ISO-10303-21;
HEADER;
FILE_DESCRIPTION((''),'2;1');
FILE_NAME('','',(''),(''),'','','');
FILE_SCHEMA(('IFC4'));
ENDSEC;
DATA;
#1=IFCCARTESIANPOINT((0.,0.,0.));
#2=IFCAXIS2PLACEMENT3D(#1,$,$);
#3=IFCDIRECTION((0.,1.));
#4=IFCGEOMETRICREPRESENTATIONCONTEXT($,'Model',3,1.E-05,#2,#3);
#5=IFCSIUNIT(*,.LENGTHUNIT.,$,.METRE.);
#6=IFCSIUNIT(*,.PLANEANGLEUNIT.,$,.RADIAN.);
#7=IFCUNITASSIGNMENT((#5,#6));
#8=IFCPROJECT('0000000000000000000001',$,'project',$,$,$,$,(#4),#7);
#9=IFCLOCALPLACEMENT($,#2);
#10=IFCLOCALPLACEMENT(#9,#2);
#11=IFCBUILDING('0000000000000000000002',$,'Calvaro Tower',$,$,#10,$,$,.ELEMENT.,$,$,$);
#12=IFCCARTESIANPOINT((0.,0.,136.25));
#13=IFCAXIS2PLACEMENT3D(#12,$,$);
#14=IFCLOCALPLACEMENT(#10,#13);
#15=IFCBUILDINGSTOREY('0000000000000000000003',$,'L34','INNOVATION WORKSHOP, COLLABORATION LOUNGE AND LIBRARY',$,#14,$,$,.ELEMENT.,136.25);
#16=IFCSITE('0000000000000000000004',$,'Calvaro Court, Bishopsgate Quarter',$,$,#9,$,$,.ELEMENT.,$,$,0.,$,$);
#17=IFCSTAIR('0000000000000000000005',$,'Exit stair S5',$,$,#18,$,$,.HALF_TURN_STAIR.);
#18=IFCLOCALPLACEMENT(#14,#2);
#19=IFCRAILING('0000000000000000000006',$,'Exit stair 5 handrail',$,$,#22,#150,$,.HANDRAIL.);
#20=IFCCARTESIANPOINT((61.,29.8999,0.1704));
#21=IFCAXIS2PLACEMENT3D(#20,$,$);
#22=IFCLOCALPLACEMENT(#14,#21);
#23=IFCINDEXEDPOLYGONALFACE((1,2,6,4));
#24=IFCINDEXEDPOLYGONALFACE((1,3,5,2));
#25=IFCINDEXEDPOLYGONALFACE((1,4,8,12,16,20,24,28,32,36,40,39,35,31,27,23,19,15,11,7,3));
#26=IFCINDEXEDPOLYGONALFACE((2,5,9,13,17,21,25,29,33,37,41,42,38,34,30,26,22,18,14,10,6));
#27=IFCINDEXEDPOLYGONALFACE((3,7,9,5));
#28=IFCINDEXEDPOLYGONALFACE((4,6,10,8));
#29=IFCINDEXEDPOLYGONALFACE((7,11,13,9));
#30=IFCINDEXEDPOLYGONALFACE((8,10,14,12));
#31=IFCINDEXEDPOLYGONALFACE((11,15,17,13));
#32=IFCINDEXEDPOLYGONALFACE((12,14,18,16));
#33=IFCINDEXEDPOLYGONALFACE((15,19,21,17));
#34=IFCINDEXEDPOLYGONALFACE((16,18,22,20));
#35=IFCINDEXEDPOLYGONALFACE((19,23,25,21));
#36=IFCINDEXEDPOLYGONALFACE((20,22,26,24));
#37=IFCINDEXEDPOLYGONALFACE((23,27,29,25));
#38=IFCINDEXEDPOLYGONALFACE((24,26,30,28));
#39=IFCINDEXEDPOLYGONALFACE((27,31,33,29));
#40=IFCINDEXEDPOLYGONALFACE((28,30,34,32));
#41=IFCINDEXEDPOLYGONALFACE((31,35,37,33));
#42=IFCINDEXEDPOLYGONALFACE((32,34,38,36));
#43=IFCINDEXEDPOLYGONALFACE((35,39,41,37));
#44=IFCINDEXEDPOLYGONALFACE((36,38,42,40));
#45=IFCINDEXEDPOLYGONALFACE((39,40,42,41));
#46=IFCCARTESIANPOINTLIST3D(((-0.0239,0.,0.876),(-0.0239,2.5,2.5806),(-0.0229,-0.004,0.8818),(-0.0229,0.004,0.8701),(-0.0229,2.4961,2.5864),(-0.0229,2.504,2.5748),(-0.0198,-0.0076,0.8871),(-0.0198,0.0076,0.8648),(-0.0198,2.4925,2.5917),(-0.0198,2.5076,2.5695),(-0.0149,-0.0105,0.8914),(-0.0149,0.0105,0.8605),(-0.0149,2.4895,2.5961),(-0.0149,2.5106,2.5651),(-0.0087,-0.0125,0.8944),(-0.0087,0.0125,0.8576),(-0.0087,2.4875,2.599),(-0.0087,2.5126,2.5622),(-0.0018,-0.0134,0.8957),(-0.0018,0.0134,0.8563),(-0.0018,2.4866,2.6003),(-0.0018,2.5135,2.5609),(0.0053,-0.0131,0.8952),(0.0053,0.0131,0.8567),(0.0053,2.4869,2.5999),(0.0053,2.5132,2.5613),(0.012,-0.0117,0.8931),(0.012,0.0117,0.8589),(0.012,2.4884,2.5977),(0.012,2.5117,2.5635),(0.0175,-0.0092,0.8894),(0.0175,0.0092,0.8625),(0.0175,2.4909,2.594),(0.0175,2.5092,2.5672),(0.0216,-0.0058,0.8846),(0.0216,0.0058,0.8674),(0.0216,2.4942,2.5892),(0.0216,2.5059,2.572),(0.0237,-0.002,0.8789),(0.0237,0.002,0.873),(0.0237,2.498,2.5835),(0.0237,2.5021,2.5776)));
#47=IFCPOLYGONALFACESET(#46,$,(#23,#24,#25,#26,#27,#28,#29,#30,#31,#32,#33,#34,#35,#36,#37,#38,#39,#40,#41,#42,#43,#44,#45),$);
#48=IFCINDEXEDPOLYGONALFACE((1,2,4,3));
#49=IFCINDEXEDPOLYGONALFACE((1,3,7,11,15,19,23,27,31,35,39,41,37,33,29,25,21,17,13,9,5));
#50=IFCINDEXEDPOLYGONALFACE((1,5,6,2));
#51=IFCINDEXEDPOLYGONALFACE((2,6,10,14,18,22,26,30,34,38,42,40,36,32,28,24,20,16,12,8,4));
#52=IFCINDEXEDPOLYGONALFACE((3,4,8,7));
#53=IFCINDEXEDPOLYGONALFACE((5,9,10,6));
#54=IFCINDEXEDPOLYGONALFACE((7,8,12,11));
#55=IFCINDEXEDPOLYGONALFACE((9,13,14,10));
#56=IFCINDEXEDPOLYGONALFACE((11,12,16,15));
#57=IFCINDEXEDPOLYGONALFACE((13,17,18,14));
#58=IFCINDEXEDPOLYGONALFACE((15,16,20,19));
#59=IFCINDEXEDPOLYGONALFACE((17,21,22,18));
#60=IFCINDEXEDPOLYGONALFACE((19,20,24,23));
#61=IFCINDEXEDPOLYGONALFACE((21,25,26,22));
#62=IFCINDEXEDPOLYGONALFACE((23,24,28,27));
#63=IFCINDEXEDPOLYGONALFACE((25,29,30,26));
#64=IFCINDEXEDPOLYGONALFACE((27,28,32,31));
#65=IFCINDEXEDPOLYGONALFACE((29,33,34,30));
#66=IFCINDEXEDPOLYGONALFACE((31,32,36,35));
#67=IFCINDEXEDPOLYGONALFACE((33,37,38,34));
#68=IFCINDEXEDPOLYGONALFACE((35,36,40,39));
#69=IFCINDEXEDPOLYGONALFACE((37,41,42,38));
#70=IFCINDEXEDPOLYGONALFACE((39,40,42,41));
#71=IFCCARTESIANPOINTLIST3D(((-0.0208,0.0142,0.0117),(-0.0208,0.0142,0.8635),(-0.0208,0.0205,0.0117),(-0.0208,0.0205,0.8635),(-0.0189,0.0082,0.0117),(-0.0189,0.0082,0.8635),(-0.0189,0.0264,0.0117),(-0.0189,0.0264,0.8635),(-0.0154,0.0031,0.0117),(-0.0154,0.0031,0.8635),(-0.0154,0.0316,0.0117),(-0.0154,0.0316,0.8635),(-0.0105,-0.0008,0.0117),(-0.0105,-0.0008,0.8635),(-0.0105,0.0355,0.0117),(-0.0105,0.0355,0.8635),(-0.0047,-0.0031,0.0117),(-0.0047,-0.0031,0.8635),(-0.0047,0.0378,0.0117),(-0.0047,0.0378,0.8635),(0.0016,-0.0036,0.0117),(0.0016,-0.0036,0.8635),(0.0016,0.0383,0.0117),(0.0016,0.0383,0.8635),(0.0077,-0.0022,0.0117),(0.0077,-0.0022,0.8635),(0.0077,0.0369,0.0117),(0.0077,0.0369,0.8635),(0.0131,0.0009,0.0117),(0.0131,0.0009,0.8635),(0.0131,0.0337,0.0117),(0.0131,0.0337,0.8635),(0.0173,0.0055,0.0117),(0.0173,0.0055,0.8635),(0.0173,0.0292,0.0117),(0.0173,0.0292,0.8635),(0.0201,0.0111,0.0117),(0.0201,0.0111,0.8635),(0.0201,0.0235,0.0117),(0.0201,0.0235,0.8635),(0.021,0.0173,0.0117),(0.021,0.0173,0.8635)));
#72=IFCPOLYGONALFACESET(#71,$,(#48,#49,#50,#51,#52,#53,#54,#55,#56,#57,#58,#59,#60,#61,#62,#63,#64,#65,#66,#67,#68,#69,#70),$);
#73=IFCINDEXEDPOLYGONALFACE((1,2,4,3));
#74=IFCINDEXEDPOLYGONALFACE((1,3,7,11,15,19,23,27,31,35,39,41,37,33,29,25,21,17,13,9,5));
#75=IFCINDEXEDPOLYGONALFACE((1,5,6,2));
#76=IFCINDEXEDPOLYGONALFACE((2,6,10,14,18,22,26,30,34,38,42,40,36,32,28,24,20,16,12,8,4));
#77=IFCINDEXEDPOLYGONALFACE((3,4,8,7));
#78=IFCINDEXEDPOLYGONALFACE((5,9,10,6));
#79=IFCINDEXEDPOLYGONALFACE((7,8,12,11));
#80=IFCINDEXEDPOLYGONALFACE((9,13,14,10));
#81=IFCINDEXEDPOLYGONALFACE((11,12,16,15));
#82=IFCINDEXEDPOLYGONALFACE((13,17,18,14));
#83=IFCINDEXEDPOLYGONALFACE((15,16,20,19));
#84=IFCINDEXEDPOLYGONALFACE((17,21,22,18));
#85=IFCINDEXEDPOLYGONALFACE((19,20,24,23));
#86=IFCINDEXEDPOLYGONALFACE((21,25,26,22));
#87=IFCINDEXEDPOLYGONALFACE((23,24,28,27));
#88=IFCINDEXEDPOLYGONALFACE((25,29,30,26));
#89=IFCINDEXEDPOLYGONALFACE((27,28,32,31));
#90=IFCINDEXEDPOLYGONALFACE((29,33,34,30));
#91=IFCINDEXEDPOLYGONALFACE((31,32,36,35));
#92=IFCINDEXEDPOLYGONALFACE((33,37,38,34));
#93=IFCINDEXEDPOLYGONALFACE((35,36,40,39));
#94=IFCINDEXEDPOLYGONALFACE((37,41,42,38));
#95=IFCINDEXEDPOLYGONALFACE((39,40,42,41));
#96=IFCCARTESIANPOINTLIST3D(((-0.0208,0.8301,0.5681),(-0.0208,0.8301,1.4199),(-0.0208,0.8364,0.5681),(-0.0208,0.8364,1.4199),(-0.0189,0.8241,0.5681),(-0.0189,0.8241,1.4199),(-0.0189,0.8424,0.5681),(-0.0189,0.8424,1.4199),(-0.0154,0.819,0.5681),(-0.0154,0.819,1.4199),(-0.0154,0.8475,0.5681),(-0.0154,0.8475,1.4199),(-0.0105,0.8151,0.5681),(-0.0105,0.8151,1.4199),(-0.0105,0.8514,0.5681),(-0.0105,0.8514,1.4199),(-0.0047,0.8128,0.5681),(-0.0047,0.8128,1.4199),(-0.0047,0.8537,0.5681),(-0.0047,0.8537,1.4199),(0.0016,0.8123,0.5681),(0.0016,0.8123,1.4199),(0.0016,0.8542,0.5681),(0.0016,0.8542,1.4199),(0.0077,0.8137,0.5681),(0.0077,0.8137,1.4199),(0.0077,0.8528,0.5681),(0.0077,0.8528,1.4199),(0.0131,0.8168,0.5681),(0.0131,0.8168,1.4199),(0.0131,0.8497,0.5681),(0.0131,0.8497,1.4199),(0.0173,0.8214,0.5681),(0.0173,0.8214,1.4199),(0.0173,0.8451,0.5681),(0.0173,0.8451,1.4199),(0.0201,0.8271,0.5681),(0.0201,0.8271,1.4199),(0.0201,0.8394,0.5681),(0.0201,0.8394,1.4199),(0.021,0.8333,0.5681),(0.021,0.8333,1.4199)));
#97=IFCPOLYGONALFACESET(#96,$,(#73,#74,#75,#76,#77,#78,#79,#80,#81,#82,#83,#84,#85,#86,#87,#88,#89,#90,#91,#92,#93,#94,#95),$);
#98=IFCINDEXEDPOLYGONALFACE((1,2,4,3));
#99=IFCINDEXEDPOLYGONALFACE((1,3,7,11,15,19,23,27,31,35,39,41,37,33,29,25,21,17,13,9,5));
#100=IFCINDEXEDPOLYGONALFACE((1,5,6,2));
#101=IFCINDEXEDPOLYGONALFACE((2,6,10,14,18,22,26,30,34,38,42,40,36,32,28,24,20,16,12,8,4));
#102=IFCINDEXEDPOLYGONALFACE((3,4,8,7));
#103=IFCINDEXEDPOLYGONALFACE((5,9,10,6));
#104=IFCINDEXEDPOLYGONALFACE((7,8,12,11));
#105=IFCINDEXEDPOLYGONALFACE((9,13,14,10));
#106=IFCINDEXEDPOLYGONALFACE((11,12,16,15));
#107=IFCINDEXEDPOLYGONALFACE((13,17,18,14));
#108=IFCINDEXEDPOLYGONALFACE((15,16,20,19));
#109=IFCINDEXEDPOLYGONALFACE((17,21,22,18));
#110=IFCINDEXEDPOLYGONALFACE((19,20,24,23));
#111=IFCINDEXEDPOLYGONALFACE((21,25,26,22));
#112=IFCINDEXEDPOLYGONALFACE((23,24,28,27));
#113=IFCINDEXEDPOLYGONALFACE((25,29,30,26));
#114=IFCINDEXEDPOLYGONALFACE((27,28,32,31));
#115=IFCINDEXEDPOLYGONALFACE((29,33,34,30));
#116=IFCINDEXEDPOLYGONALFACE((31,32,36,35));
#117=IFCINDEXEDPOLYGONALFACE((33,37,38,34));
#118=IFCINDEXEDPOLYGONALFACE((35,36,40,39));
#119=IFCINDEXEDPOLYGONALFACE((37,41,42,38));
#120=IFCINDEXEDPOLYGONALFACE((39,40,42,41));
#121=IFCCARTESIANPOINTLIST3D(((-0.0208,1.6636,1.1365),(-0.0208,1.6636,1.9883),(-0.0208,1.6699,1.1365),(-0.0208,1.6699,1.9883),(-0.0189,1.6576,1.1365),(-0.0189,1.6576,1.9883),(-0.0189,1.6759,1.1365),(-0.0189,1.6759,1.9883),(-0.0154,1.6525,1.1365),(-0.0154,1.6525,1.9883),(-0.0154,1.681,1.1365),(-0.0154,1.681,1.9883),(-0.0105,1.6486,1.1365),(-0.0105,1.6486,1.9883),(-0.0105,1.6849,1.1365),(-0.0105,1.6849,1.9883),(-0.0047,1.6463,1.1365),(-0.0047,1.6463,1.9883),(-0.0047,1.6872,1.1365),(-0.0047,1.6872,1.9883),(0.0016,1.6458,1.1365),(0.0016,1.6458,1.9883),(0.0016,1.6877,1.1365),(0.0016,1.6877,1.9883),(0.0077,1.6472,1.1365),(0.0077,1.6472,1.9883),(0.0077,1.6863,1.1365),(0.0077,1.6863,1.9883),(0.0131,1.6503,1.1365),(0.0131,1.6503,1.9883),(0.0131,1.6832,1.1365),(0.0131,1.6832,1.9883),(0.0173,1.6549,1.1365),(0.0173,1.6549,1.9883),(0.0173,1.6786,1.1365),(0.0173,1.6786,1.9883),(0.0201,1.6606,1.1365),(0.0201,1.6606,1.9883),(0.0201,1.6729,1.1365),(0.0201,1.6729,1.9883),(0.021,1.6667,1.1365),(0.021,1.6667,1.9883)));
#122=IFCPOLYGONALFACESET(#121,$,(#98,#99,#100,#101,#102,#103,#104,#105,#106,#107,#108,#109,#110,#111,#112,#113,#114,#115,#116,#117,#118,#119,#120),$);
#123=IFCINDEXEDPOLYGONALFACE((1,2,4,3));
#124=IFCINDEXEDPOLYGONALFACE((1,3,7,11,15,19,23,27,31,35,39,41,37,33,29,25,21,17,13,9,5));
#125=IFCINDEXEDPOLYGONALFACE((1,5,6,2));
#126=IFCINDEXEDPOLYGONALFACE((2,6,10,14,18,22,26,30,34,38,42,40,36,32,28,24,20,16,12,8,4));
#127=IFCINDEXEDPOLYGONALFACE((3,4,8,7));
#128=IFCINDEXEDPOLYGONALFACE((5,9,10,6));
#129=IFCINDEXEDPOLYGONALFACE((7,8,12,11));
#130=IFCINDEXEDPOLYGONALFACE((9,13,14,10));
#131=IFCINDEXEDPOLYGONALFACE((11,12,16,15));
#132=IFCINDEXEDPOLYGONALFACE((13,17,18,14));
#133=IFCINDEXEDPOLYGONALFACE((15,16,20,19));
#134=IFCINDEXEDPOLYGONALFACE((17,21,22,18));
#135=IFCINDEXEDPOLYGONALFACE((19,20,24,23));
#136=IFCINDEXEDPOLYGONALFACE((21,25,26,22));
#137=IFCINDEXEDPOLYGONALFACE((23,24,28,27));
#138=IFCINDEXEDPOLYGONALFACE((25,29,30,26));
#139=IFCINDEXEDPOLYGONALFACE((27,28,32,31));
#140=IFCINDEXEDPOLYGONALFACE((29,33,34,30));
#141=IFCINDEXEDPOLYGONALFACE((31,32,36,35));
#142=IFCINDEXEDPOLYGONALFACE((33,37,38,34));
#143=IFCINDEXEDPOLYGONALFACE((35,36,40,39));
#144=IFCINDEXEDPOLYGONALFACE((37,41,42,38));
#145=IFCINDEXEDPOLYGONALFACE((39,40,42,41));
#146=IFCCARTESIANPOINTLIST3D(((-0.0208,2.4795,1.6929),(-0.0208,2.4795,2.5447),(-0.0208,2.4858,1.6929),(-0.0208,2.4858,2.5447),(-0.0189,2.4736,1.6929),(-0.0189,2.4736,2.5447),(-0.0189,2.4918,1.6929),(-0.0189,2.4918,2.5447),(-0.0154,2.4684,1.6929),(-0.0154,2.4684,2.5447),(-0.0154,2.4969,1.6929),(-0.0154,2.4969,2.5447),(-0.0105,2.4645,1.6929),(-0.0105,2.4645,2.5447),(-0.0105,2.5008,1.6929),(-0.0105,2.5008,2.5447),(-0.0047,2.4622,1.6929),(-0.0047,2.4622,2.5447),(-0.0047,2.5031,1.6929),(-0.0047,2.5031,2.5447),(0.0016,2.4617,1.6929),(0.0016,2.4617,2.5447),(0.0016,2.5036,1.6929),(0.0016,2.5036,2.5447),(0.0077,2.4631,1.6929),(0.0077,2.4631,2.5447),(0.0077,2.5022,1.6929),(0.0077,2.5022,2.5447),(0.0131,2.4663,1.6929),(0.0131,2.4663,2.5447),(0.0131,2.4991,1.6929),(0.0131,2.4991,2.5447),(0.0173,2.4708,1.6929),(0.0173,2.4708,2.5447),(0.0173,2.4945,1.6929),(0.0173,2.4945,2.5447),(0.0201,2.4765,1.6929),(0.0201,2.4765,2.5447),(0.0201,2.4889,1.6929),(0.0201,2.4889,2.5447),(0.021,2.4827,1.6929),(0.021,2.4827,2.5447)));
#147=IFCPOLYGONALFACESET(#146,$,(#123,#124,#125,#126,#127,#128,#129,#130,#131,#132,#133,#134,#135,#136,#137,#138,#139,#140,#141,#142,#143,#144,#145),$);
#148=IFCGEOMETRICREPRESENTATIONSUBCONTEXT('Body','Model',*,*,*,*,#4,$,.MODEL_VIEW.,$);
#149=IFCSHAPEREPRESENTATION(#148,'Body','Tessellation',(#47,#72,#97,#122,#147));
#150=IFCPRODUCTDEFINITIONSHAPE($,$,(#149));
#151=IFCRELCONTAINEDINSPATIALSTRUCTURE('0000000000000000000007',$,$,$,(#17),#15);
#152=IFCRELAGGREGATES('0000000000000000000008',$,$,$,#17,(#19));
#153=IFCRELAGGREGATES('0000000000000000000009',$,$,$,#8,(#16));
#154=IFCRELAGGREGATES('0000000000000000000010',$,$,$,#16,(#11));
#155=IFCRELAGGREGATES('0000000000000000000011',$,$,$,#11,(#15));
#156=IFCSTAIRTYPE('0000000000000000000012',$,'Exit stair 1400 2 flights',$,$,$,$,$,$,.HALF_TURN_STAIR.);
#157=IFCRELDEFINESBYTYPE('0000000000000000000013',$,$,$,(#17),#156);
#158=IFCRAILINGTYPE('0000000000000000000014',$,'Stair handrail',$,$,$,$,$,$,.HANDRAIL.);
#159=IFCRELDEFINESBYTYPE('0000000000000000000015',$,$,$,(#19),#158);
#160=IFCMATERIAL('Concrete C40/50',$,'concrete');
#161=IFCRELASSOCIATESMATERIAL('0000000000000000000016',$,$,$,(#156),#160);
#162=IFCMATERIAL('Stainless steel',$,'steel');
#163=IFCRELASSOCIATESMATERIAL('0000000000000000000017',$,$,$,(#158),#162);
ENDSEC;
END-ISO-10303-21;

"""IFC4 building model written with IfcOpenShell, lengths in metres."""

from ifc_helpers import new_model, si_unit, direction, frame, origin, origin_2d, place, context, subcontext, project, spatial, circle, extrude, material, type_object, element, aggregate, save


model = new_model("IFC4")

# Units and contexts
model_context = context("Model", 3, precision=1e-05, world=origin(), true_north=direction((0.0, 1.0)))
body_context = subcontext(model_context, "Body", "Model", "MODEL_VIEW")
ifc_project = project(units=[si_unit("LENGTHUNIT", "METRE"), si_unit("PLANEANGLEUNIT", "RADIAN")], contexts=[model_context])

# Site, building, storey
site_placement = place(None, origin())
site = spatial("IfcSite", under=ifc_project, at=site_placement, Name="Calvaro Court, Bishopsgate Quarter", CompositionType="ELEMENT", RefElevation=0.0)
building_placement = place(site_placement, origin())
building = spatial("IfcBuilding", under=site, at=building_placement, Name="Calvaro Tower", CompositionType="ELEMENT")
storey_placement = place(building_placement, frame((0.0, 0.0, 136.25)))
storey = spatial("IfcBuildingStorey", under=building, at=storey_placement, Name="L34", Description="INNOVATION WORKSHOP, COLLABORATION LOUNGE AND LIBRARY", CompositionType="ELEMENT", Elevation=136.25)

# Stair
ifc_material_1 = material(Name="Concrete C40/50", Category="concrete")
stair_type = type_object("IfcStairType", Name="Exit stair 1400 2 flights", PredefinedType="HALF_TURN_STAIR", material=ifc_material_1)
stair_1_placement = place(storey_placement, origin())
stair_1 = element("IfcStair", 1, at=stair_1_placement, inside=storey, type_object=stair_type, Name="Exit stair S5", PredefinedType="HALF_TURN_STAIR")

# Shared definitions
ifc_material_2 = material(Name="Stainless steel", Category="steel")
railing_type = type_object("IfcRailingType", Name="Stair handrail", PredefinedType="HANDRAIL", material=ifc_material_2)

# Railing
railing_1_placement = place(storey_placement, frame((61.0, 29.8999, 0.1704)))
railing_1 = element("IfcRailing", 2, at=railing_1_placement, type_object=railing_type, Name="Exit stair 5 handrail", PredefinedType="HANDRAIL", context=body_context, shape_type="SweptSolid", body=[
    extrude(circle(Radius=0.0239, at=origin_2d()), frame((0.0, 0.0, 0.876), z_axis=(0.0, 0.826221, 0.563347), x_axis=(-1.0, 0.0, 0.0)), (0.0, 0.0, 1.0), 3.0259),
    extrude(circle(Radius=0.021, at=origin_2d()), frame((0.0, 0.0173, 0.0117)), (0.0, 0.0, 1.0), 0.8518),
    extrude(circle(Radius=0.021, at=origin_2d()), frame((0.0, 0.8333, 0.5681)), (0.0, 0.0, 1.0), 0.8518),
    extrude(circle(Radius=0.021, at=origin_2d()), frame((0.0, 1.6667, 1.1365)), (0.0, 0.0, 1.0), 0.8518),
    extrude(circle(Radius=0.021, at=origin_2d()), frame((0.0, 2.4827, 1.6929)), (0.0, 0.0, 1.0), 0.8518),
])
aggregate(stair_1, [railing_1])

save(model, "model.ifc")
